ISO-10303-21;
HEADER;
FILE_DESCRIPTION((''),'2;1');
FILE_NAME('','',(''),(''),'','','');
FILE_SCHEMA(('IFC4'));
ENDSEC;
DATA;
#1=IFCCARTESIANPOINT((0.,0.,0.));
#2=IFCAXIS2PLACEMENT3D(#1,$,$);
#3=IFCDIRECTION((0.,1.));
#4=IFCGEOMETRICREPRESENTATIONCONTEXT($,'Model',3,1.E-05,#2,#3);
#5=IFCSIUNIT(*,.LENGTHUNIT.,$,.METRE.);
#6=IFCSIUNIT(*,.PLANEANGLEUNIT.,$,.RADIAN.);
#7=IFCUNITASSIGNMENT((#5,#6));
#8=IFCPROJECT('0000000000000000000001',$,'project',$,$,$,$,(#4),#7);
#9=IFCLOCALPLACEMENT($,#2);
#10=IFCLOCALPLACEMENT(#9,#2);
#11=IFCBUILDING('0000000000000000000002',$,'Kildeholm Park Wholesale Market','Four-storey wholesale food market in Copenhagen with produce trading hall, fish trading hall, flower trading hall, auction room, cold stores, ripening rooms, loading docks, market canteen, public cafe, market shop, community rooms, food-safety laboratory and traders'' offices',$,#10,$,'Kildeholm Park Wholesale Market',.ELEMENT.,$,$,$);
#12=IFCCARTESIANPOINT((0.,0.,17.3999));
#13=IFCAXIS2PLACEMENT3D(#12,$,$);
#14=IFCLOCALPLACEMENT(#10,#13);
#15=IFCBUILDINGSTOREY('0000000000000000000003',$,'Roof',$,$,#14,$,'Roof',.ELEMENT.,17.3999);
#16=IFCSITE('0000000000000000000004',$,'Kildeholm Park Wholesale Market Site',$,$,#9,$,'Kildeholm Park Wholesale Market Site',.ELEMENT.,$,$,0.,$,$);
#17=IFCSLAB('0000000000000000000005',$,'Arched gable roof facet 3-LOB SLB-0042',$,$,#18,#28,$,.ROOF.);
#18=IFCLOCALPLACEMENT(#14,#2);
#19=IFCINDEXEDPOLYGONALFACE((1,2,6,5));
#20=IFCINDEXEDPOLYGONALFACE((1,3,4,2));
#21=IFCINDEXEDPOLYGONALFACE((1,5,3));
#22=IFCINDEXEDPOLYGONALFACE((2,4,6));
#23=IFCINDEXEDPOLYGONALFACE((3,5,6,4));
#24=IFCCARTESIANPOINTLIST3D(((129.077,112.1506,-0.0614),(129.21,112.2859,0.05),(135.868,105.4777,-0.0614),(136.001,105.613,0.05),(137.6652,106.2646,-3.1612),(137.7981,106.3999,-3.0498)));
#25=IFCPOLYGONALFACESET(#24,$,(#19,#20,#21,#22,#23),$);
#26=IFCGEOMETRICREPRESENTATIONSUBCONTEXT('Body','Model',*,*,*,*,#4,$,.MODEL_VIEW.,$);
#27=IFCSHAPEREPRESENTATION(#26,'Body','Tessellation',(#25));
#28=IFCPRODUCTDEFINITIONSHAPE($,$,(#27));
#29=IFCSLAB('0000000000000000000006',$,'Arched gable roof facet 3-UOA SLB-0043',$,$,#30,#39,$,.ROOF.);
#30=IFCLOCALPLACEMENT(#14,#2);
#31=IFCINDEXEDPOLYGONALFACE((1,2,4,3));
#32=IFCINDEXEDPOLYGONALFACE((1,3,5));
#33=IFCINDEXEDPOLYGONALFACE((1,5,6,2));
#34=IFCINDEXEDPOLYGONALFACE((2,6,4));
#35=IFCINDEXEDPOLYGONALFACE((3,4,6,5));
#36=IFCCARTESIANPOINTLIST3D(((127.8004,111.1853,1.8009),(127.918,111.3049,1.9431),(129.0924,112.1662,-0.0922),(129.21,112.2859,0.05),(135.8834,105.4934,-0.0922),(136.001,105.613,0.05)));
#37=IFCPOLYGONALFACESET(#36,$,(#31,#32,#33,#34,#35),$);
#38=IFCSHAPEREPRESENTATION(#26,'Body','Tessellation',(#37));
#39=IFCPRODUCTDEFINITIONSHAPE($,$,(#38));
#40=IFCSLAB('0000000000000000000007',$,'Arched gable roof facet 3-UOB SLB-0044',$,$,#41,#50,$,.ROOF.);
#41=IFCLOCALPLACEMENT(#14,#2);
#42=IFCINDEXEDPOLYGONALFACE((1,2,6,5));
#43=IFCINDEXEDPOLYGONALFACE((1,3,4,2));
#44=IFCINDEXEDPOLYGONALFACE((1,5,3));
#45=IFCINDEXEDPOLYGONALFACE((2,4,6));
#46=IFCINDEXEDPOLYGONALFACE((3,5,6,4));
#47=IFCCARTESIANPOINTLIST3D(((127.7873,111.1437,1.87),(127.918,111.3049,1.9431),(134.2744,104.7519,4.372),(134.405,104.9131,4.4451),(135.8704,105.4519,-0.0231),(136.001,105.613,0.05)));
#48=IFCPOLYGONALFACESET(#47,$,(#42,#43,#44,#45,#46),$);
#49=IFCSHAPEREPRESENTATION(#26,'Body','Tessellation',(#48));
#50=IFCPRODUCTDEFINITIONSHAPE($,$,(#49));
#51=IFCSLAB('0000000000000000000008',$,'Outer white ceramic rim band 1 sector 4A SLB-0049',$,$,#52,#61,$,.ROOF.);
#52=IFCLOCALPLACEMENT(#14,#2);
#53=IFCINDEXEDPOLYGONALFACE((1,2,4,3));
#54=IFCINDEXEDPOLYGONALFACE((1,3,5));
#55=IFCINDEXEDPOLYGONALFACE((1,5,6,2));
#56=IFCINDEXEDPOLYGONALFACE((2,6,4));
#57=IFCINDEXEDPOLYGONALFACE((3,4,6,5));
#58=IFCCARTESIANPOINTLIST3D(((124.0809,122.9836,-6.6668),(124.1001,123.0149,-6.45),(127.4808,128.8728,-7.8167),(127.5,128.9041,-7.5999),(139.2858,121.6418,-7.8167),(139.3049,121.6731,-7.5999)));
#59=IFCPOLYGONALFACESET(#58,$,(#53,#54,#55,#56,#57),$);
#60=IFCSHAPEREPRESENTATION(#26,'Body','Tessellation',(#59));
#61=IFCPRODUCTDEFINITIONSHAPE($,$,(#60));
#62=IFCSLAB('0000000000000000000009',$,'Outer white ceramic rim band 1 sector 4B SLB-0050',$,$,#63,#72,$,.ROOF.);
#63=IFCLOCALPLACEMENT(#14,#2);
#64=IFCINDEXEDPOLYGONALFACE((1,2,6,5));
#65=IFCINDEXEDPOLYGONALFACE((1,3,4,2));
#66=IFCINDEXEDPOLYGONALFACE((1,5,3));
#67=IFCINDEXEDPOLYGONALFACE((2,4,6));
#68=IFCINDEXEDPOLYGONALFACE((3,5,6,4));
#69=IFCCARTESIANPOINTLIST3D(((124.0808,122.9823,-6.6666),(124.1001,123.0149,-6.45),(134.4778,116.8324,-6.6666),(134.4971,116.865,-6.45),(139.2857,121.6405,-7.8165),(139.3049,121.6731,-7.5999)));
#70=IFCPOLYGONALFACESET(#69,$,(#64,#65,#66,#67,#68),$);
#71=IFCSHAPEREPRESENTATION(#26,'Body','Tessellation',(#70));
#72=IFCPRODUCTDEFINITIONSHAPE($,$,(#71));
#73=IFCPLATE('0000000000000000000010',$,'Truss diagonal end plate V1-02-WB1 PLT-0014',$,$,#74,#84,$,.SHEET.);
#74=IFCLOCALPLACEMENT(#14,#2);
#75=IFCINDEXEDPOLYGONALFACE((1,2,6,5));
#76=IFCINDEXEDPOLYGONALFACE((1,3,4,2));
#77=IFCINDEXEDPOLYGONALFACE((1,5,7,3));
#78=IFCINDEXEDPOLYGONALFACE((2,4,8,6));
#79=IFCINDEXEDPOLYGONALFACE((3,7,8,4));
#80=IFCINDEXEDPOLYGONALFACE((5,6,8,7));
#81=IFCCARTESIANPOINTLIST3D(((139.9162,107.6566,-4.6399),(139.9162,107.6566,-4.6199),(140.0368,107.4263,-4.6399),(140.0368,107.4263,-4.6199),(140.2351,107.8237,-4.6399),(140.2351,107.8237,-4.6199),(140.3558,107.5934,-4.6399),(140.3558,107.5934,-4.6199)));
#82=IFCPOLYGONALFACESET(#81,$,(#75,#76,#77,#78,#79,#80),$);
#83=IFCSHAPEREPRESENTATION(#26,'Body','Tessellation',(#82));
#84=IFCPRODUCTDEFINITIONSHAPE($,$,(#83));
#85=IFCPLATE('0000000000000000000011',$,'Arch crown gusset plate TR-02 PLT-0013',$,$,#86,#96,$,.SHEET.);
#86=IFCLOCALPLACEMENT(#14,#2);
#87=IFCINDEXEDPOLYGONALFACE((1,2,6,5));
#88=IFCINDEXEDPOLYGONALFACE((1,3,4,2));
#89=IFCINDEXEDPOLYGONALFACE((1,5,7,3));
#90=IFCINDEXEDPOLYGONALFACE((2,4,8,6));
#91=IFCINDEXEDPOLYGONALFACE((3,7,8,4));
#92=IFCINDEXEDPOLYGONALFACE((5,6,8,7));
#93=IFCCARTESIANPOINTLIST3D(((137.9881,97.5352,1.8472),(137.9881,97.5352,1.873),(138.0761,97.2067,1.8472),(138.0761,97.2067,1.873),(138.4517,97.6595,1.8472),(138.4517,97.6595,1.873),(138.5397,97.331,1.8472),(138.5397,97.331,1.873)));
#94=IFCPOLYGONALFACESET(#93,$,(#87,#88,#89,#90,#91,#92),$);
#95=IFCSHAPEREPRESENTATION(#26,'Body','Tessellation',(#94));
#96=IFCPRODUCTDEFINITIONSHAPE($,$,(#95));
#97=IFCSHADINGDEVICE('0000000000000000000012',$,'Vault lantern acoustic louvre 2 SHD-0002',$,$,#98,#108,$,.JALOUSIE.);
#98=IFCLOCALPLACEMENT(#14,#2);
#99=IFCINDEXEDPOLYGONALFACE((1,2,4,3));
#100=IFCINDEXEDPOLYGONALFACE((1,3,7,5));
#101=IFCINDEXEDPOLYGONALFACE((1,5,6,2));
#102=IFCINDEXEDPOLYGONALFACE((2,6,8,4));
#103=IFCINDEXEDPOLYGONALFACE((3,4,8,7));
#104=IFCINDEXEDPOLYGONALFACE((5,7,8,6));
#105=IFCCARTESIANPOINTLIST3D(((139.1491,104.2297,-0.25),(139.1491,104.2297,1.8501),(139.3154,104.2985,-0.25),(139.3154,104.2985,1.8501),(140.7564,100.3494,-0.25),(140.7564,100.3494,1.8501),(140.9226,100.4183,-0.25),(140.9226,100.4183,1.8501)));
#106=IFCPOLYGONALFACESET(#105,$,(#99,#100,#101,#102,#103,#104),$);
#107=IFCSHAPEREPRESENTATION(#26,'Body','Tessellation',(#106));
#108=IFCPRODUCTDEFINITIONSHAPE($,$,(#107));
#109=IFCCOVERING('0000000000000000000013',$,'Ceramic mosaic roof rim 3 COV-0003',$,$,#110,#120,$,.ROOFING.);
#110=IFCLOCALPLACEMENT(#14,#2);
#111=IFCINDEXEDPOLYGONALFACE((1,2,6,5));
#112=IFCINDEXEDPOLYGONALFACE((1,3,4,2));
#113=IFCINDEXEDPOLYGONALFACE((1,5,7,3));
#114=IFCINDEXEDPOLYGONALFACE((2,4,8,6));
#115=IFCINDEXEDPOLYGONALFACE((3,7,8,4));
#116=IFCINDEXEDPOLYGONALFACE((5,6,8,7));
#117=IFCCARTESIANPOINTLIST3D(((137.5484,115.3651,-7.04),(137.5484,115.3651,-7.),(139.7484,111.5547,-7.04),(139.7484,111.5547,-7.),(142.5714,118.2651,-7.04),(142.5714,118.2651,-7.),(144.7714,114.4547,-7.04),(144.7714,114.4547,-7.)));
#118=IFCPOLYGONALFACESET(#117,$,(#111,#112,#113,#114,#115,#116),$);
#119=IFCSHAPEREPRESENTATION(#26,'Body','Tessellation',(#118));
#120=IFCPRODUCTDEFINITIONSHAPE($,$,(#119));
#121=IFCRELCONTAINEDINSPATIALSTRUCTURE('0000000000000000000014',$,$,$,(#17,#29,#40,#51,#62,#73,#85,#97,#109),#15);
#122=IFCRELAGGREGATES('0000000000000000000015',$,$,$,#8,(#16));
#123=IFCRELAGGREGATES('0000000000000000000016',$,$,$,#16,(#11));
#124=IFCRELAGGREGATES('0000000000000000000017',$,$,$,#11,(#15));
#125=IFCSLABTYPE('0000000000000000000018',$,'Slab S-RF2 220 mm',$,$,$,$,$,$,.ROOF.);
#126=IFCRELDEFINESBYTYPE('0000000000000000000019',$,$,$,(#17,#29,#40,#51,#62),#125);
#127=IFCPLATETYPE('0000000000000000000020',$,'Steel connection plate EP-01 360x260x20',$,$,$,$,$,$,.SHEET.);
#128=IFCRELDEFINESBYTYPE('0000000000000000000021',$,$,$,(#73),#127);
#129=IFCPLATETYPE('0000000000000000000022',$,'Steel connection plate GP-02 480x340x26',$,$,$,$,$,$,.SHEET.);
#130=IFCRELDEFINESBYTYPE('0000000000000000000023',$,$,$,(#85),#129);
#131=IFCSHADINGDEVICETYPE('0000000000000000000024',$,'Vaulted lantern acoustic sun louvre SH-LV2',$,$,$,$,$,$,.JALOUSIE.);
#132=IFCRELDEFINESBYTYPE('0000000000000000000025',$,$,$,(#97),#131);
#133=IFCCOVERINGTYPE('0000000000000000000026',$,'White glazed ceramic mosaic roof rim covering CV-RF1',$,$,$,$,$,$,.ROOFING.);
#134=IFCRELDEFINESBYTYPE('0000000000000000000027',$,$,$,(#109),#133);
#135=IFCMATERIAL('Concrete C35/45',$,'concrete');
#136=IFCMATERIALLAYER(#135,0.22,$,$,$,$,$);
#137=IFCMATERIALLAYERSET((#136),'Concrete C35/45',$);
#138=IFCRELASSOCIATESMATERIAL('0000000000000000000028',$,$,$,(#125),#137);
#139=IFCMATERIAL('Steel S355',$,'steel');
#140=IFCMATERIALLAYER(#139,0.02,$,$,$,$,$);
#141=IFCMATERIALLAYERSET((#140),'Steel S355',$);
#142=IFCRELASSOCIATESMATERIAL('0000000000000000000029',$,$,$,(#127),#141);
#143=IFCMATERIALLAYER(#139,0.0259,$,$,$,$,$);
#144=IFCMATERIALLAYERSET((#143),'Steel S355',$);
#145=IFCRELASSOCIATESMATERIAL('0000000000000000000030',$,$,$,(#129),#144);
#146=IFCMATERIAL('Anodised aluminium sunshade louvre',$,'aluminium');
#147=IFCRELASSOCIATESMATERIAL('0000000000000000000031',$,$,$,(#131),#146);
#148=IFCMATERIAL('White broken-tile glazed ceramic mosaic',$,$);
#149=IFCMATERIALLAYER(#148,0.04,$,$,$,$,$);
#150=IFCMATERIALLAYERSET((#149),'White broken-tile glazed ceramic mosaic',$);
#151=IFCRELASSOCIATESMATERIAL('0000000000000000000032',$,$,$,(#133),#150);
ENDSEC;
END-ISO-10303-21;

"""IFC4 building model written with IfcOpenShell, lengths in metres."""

from ifc_helpers import new_model, si_unit, direction, frame, origin, origin_2d, place, context, subcontext, project, spatial, polyline, rectangle, outline, extrude, material, layer, layer_set, type_object, element, save


model = new_model("IFC4")

# Units and contexts
model_context = context("Model", 3, precision=1e-05, world=origin(), true_north=direction((0.0, 1.0)))
body_context = subcontext(model_context, "Body", "Model", "MODEL_VIEW")
ifc_project = project(units=[si_unit("LENGTHUNIT", "METRE"), si_unit("PLANEANGLEUNIT", "RADIAN")], contexts=[model_context])

# Site, building, storey
site_placement = place(None, origin())
site = spatial("IfcSite", under=ifc_project, at=site_placement, Name="Kildeholm Park Wholesale Market Site", LongName="Kildeholm Park Wholesale Market Site", CompositionType="ELEMENT", RefElevation=0.0)
building_placement = place(site_placement, origin())
building = spatial("IfcBuilding", under=site, at=building_placement, Name="Kildeholm Park Wholesale Market", Description="Four-storey wholesale food market in Copenhagen with produce trading hall, fish trading hall, flower trading hall, auction room, cold stores, ripening rooms, loading docks, market canteen, public cafe, market shop, community rooms, food-safety laboratory and traders' offices", LongName="Kildeholm Park Wholesale Market", CompositionType="ELEMENT")
storey_placement = place(building_placement, frame((0.0, 0.0, 17.3999)))
storey = spatial("IfcBuildingStorey", under=building, at=storey_placement, Name="Roof", LongName="Roof", CompositionType="ELEMENT", Elevation=17.3999)

# Shared definitions
ifc_material_1 = material(Name="Steel S355", Category="steel")

# Slabs
ifc_material_2 = material(Name="Concrete C35/45", Category="concrete")
ifc_layer_1 = layer(ifc_material_2, 0.22)
ifc_layer_set_1 = layer_set([ifc_layer_1], Name="Concrete C35/45")
slab_type = type_object("IfcSlabType", Name="Slab S-RF2 220 mm", PredefinedType="ROOF", material=ifc_layer_set_1)
slab_1_placement = place(storey_placement, frame((137.7981, 106.3999, -3.0498), z_axis=(0.604331, 0.615033, 0.506477), x_axis=(-0.790568, 0.541826, 0.285353)))
element("IfcSlab", 1, at=slab_1_placement, inside=storey, type_object=slab_type, Name="Arched gable roof facet 3-LOB SLB-0042", PredefinedType="ROOF", context=body_context, shape_type="SweptSolid", body=[
    extrude(outline(polyline([(0.0, 0.0), (10.8632, 0.0), (1.879, 3.1508), (0.0, 0.0)])), origin(), (0.0, 0.0, -1.0), 0.22),
])
slab_2_placement = place(storey_placement, frame((136.001, 105.613, 0.05), z_axis=(0.534564, 0.54403, 0.64674), x_axis=(-0.713285, 0.700874, 0.0)))
element("IfcSlab", 2, at=slab_2_placement, inside=storey, type_object=slab_type, Name="Arched gable roof facet 3-UOA SLB-0043", PredefinedType="ROOF", context=body_context, shape_type="SweptSolid", body=[
    extrude(outline(polyline([(0.0, 0.0), (9.5208, 0.0), (9.7548, 2.482), (0.0, 0.0)])), origin(), (0.0, 0.0, -1.0), 0.22),
])
slab_3_placement = place(storey_placement, frame((136.001, 105.613, 0.05), z_axis=(0.593824, 0.732754, 0.332332), x_axis=(-0.803033, 0.56548, 0.188073)))
element("IfcSlab", 3, at=slab_3_placement, inside=storey, type_object=slab_type, Name="Arched gable roof facet 3-UOB SLB-0044", PredefinedType="ROOF", context=body_context, shape_type="SweptSolid", body=[
    extrude(outline(polyline([(0.0, 0.0), (10.0656, 0.0), (1.7124, 4.4069), (0.0, 0.0)])), origin(), (0.0, 0.0, -1.0), 0.22),
])
slab_4_placement = place(storey_placement, frame((139.3049, 121.6731, -7.5999), z_axis=(0.087119, 0.142227, 0.985993), x_axis=(-0.85274, 0.522335, 0.0)))
element("IfcSlab", 4, at=slab_4_placement, inside=storey, type_object=slab_type, Name="Outer white ceramic rim band 1 sector 4A SLB-0049", PredefinedType="ROOF", context=body_context, shape_type="SweptSolid", body=[
    extrude(outline(polyline([(0.0, 0.0), (13.8435, 0.0), (13.6666, 6.8944), (0.0, 0.0)])), origin(), (0.0, 0.0, -1.0), 0.22),
])
slab_5_placement = place(storey_placement, frame((139.3049, 121.6731, -7.5999), z_axis=(0.087564, 0.148035, 0.985098), x_axis=(-0.993314, 0.087658, 0.075122)))
element("IfcSlab", 5, at=slab_5_placement, inside=storey, type_object=slab_type, Name="Outer white ceramic rim band 1 sector 4B SLB-0050", PredefinedType="ROOF", context=body_context, shape_type="SweptSolid", body=[
    extrude(outline(polyline([(0.0, 0.0), (15.3072, 0.0), (4.4406, 5.276), (0.0, 0.0)])), origin(), (0.0, 0.0, -1.0), 0.22),
])

# Plates
ifc_layer_2 = layer(ifc_material_1, 0.02)
ifc_layer_set_2 = layer_set([ifc_layer_2], Name="Steel S355")
plate_type_1 = type_object("IfcPlateType", Name="Steel connection plate EP-01 360x260x20", PredefinedType="SHEET", material=ifc_layer_set_2)
plate_1_placement = place(storey_placement, frame((140.136, 107.625, -4.6399), z_axis=(0.0, 0.0, 1.0), x_axis=(-0.885799, -0.464069, 0.0)))
element("IfcPlate", 6, at=plate_1_placement, inside=storey, type_object=plate_type_1, Name="Truss diagonal end plate V1-02-WB1 PLT-0014", PredefinedType="SHEET", context=body_context, shape_type="SweptSolid", body=[
    extrude(rectangle(XDim=0.3601, YDim=0.26, at=origin_2d()), origin(), (0.0, 0.0, 1.0), 0.02),
])
ifc_layer_3 = layer(ifc_material_1, 0.0259)
ifc_layer_set_3 = layer_set([ifc_layer_3], Name="Steel S355")
plate_type_2 = type_object("IfcPlateType", Name="Steel connection plate GP-02 480x340x26", PredefinedType="SHEET", material=ifc_layer_set_3)
plate_2_placement = place(storey_placement, frame((138.2639, 97.4331, 1.8472), z_axis=(0.0, 0.0, 1.0), x_axis=(0.965926, 0.258819, 0.0)))
element("IfcPlate", 7, at=plate_2_placement, inside=storey, type_object=plate_type_2, Name="Arch crown gusset plate TR-02 PLT-0013", PredefinedType="SHEET", context=body_context, shape_type="SweptSolid", body=[
    extrude(rectangle(XDim=0.48, YDim=0.3401, at=origin_2d()), origin(), (0.0, 0.0, 1.0), 0.0259),
])

# Shading device
ifc_material_3 = material(Name="Anodised aluminium sunshade louvre", Category="aluminium")
shading_device_type = type_object("IfcShadingDeviceType", Name="Vaulted lantern acoustic sun louvre SH-LV2", PredefinedType="JALOUSIE", material=ifc_material_3)
shading_device_placement = place(storey_placement, frame((140.0359, 102.324, -0.25), z_axis=(0.0, 0.0, 1.0), x_axis=(-0.382683, 0.92388, 0.0)))
element("IfcShadingDevice", 8, at=shading_device_placement, inside=storey, type_object=shading_device_type, Name="Vault lantern acoustic louvre 2 SHD-0002", PredefinedType="JALOUSIE", context=body_context, shape_type="SweptSolid", body=[
    extrude(rectangle(XDim=4.2, YDim=0.1799, at=origin_2d()), origin(), (0.0, 0.0, 1.0), 2.1001),
])

# Covering
ifc_material_4 = material(Name="White broken-tile glazed ceramic mosaic")
ifc_layer_4 = layer(ifc_material_4, 0.04)
ifc_layer_set_4 = layer_set([ifc_layer_4], Name="White broken-tile glazed ceramic mosaic")
covering_type = type_object("IfcCoveringType", Name="White glazed ceramic mosaic roof rim covering CV-RF1", PredefinedType="ROOFING", material=ifc_layer_set_4)
covering_placement = place(storey_placement, frame((141.1599, 114.9099, -7.04), z_axis=(0.0, 0.0, 1.0), x_axis=(0.866025, 0.5, 0.0)))
element("IfcCovering", 9, at=covering_placement, inside=storey, type_object=covering_type, Name="Ceramic mosaic roof rim 3 COV-0003", PredefinedType="ROOFING", context=body_context, shape_type="SweptSolid", body=[
    extrude(rectangle(XDim=5.8, YDim=4.3999, at=origin_2d()), origin(), (0.0, 0.0, 1.0), 0.04),
])

save(model, "model.ifc")
